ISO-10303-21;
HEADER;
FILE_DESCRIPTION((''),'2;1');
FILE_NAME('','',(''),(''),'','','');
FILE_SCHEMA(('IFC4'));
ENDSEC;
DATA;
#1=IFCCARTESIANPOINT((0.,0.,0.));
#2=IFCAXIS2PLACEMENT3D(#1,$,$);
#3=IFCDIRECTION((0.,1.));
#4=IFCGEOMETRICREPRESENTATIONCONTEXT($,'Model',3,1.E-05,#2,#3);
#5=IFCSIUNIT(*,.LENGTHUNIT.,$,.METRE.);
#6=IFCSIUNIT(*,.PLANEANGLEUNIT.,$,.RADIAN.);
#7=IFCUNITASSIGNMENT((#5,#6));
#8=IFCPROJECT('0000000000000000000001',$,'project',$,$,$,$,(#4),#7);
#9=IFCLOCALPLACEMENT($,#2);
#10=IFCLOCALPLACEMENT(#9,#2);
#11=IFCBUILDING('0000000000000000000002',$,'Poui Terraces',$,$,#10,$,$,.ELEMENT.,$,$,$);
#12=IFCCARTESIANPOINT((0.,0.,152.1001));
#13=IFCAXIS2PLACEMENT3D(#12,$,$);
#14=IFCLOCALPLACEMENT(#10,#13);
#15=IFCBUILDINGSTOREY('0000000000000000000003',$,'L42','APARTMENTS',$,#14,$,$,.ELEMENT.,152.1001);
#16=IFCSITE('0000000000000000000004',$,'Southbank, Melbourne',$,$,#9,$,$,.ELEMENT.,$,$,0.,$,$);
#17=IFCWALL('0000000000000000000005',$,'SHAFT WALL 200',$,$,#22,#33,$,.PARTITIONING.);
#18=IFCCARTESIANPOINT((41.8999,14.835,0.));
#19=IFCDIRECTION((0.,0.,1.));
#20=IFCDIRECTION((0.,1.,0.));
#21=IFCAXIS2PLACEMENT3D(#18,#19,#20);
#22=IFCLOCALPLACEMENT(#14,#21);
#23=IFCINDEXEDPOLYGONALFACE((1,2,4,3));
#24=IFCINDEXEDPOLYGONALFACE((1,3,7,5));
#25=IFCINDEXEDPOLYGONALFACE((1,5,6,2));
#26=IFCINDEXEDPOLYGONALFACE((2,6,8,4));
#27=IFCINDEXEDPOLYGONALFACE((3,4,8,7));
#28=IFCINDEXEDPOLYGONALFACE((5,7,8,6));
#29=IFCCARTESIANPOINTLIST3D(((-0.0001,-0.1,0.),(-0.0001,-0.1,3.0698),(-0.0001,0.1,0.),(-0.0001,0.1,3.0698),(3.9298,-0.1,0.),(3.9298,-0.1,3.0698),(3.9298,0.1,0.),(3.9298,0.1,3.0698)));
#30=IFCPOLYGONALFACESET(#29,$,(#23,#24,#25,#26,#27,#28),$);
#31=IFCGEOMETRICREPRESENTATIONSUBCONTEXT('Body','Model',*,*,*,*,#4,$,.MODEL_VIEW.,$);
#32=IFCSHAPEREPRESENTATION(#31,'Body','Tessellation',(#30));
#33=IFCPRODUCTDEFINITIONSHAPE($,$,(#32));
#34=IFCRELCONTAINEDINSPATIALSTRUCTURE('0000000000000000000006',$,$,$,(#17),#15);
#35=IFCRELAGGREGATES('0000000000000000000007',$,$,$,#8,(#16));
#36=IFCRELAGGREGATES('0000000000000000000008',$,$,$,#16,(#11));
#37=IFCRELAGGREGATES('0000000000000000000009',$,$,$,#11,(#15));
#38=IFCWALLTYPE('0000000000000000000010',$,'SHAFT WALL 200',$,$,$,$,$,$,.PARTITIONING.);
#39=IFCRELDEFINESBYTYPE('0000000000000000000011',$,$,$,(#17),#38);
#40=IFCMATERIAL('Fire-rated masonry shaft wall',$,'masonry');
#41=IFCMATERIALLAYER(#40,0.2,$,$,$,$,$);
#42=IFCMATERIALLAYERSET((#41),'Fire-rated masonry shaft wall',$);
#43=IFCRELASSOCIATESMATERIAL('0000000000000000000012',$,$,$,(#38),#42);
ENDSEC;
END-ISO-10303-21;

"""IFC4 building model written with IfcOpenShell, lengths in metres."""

from ifc_helpers import new_model, si_unit, direction, frame, frame_2d, origin, place, context, subcontext, project, spatial, rectangle, extrude, material, layer, layer_set, type_object, element, save


model = new_model("IFC4")

# Units and contexts
model_context = context("Model", 3, precision=1e-05, world=origin(), true_north=direction((0.0, 1.0)))
body_context = subcontext(model_context, "Body", "Model", "MODEL_VIEW")
ifc_project = project(units=[si_unit("LENGTHUNIT", "METRE"), si_unit("PLANEANGLEUNIT", "RADIAN")], contexts=[model_context])

# Site, building, storey
site_placement = place(None, origin())
site = spatial("IfcSite", under=ifc_project, at=site_placement, Name="Southbank, Melbourne", CompositionType="ELEMENT", RefElevation=0.0)
building_placement = place(site_placement, origin())
building = spatial("IfcBuilding", under=site, at=building_placement, Name="Poui Terraces", CompositionType="ELEMENT")
storey_placement = place(building_placement, frame((0.0, 0.0, 152.1001)))
storey = spatial("IfcBuildingStorey", under=building, at=storey_placement, Name="L42", Description="APARTMENTS", CompositionType="ELEMENT", Elevation=152.1001)

# Shared definitions
ifc_material_1 = material(Name="Fire-rated masonry shaft wall", Category="masonry")
ifc_layer_1 = layer(ifc_material_1, 0.2)
ifc_layer_set_1 = layer_set([ifc_layer_1], Name="Fire-rated masonry shaft wall")
wall_type_1 = type_object("IfcWallType", Name="SHAFT WALL 200", PredefinedType="PARTITIONING", material=ifc_layer_set_1)

# Wall
wall_1_placement = place(storey_placement, frame((41.8999, 14.835, 0.0), z_axis=(0.0, 0.0, 1.0), x_axis=(0.0, 1.0, 0.0)))
element("IfcWall", 1, at=wall_1_placement, inside=storey, type_object=wall_type_1, Name="SHAFT WALL 200", PredefinedType="PARTITIONING", context=body_context, shape_type="SweptSolid", body=[
    extrude(rectangle(XDim=3.9299, YDim=0.2, at=frame_2d((1.9648, 0.0))), origin(), (0.0, 0.0, 1.0), 3.0698),
])

save(model, "model.ifc")
